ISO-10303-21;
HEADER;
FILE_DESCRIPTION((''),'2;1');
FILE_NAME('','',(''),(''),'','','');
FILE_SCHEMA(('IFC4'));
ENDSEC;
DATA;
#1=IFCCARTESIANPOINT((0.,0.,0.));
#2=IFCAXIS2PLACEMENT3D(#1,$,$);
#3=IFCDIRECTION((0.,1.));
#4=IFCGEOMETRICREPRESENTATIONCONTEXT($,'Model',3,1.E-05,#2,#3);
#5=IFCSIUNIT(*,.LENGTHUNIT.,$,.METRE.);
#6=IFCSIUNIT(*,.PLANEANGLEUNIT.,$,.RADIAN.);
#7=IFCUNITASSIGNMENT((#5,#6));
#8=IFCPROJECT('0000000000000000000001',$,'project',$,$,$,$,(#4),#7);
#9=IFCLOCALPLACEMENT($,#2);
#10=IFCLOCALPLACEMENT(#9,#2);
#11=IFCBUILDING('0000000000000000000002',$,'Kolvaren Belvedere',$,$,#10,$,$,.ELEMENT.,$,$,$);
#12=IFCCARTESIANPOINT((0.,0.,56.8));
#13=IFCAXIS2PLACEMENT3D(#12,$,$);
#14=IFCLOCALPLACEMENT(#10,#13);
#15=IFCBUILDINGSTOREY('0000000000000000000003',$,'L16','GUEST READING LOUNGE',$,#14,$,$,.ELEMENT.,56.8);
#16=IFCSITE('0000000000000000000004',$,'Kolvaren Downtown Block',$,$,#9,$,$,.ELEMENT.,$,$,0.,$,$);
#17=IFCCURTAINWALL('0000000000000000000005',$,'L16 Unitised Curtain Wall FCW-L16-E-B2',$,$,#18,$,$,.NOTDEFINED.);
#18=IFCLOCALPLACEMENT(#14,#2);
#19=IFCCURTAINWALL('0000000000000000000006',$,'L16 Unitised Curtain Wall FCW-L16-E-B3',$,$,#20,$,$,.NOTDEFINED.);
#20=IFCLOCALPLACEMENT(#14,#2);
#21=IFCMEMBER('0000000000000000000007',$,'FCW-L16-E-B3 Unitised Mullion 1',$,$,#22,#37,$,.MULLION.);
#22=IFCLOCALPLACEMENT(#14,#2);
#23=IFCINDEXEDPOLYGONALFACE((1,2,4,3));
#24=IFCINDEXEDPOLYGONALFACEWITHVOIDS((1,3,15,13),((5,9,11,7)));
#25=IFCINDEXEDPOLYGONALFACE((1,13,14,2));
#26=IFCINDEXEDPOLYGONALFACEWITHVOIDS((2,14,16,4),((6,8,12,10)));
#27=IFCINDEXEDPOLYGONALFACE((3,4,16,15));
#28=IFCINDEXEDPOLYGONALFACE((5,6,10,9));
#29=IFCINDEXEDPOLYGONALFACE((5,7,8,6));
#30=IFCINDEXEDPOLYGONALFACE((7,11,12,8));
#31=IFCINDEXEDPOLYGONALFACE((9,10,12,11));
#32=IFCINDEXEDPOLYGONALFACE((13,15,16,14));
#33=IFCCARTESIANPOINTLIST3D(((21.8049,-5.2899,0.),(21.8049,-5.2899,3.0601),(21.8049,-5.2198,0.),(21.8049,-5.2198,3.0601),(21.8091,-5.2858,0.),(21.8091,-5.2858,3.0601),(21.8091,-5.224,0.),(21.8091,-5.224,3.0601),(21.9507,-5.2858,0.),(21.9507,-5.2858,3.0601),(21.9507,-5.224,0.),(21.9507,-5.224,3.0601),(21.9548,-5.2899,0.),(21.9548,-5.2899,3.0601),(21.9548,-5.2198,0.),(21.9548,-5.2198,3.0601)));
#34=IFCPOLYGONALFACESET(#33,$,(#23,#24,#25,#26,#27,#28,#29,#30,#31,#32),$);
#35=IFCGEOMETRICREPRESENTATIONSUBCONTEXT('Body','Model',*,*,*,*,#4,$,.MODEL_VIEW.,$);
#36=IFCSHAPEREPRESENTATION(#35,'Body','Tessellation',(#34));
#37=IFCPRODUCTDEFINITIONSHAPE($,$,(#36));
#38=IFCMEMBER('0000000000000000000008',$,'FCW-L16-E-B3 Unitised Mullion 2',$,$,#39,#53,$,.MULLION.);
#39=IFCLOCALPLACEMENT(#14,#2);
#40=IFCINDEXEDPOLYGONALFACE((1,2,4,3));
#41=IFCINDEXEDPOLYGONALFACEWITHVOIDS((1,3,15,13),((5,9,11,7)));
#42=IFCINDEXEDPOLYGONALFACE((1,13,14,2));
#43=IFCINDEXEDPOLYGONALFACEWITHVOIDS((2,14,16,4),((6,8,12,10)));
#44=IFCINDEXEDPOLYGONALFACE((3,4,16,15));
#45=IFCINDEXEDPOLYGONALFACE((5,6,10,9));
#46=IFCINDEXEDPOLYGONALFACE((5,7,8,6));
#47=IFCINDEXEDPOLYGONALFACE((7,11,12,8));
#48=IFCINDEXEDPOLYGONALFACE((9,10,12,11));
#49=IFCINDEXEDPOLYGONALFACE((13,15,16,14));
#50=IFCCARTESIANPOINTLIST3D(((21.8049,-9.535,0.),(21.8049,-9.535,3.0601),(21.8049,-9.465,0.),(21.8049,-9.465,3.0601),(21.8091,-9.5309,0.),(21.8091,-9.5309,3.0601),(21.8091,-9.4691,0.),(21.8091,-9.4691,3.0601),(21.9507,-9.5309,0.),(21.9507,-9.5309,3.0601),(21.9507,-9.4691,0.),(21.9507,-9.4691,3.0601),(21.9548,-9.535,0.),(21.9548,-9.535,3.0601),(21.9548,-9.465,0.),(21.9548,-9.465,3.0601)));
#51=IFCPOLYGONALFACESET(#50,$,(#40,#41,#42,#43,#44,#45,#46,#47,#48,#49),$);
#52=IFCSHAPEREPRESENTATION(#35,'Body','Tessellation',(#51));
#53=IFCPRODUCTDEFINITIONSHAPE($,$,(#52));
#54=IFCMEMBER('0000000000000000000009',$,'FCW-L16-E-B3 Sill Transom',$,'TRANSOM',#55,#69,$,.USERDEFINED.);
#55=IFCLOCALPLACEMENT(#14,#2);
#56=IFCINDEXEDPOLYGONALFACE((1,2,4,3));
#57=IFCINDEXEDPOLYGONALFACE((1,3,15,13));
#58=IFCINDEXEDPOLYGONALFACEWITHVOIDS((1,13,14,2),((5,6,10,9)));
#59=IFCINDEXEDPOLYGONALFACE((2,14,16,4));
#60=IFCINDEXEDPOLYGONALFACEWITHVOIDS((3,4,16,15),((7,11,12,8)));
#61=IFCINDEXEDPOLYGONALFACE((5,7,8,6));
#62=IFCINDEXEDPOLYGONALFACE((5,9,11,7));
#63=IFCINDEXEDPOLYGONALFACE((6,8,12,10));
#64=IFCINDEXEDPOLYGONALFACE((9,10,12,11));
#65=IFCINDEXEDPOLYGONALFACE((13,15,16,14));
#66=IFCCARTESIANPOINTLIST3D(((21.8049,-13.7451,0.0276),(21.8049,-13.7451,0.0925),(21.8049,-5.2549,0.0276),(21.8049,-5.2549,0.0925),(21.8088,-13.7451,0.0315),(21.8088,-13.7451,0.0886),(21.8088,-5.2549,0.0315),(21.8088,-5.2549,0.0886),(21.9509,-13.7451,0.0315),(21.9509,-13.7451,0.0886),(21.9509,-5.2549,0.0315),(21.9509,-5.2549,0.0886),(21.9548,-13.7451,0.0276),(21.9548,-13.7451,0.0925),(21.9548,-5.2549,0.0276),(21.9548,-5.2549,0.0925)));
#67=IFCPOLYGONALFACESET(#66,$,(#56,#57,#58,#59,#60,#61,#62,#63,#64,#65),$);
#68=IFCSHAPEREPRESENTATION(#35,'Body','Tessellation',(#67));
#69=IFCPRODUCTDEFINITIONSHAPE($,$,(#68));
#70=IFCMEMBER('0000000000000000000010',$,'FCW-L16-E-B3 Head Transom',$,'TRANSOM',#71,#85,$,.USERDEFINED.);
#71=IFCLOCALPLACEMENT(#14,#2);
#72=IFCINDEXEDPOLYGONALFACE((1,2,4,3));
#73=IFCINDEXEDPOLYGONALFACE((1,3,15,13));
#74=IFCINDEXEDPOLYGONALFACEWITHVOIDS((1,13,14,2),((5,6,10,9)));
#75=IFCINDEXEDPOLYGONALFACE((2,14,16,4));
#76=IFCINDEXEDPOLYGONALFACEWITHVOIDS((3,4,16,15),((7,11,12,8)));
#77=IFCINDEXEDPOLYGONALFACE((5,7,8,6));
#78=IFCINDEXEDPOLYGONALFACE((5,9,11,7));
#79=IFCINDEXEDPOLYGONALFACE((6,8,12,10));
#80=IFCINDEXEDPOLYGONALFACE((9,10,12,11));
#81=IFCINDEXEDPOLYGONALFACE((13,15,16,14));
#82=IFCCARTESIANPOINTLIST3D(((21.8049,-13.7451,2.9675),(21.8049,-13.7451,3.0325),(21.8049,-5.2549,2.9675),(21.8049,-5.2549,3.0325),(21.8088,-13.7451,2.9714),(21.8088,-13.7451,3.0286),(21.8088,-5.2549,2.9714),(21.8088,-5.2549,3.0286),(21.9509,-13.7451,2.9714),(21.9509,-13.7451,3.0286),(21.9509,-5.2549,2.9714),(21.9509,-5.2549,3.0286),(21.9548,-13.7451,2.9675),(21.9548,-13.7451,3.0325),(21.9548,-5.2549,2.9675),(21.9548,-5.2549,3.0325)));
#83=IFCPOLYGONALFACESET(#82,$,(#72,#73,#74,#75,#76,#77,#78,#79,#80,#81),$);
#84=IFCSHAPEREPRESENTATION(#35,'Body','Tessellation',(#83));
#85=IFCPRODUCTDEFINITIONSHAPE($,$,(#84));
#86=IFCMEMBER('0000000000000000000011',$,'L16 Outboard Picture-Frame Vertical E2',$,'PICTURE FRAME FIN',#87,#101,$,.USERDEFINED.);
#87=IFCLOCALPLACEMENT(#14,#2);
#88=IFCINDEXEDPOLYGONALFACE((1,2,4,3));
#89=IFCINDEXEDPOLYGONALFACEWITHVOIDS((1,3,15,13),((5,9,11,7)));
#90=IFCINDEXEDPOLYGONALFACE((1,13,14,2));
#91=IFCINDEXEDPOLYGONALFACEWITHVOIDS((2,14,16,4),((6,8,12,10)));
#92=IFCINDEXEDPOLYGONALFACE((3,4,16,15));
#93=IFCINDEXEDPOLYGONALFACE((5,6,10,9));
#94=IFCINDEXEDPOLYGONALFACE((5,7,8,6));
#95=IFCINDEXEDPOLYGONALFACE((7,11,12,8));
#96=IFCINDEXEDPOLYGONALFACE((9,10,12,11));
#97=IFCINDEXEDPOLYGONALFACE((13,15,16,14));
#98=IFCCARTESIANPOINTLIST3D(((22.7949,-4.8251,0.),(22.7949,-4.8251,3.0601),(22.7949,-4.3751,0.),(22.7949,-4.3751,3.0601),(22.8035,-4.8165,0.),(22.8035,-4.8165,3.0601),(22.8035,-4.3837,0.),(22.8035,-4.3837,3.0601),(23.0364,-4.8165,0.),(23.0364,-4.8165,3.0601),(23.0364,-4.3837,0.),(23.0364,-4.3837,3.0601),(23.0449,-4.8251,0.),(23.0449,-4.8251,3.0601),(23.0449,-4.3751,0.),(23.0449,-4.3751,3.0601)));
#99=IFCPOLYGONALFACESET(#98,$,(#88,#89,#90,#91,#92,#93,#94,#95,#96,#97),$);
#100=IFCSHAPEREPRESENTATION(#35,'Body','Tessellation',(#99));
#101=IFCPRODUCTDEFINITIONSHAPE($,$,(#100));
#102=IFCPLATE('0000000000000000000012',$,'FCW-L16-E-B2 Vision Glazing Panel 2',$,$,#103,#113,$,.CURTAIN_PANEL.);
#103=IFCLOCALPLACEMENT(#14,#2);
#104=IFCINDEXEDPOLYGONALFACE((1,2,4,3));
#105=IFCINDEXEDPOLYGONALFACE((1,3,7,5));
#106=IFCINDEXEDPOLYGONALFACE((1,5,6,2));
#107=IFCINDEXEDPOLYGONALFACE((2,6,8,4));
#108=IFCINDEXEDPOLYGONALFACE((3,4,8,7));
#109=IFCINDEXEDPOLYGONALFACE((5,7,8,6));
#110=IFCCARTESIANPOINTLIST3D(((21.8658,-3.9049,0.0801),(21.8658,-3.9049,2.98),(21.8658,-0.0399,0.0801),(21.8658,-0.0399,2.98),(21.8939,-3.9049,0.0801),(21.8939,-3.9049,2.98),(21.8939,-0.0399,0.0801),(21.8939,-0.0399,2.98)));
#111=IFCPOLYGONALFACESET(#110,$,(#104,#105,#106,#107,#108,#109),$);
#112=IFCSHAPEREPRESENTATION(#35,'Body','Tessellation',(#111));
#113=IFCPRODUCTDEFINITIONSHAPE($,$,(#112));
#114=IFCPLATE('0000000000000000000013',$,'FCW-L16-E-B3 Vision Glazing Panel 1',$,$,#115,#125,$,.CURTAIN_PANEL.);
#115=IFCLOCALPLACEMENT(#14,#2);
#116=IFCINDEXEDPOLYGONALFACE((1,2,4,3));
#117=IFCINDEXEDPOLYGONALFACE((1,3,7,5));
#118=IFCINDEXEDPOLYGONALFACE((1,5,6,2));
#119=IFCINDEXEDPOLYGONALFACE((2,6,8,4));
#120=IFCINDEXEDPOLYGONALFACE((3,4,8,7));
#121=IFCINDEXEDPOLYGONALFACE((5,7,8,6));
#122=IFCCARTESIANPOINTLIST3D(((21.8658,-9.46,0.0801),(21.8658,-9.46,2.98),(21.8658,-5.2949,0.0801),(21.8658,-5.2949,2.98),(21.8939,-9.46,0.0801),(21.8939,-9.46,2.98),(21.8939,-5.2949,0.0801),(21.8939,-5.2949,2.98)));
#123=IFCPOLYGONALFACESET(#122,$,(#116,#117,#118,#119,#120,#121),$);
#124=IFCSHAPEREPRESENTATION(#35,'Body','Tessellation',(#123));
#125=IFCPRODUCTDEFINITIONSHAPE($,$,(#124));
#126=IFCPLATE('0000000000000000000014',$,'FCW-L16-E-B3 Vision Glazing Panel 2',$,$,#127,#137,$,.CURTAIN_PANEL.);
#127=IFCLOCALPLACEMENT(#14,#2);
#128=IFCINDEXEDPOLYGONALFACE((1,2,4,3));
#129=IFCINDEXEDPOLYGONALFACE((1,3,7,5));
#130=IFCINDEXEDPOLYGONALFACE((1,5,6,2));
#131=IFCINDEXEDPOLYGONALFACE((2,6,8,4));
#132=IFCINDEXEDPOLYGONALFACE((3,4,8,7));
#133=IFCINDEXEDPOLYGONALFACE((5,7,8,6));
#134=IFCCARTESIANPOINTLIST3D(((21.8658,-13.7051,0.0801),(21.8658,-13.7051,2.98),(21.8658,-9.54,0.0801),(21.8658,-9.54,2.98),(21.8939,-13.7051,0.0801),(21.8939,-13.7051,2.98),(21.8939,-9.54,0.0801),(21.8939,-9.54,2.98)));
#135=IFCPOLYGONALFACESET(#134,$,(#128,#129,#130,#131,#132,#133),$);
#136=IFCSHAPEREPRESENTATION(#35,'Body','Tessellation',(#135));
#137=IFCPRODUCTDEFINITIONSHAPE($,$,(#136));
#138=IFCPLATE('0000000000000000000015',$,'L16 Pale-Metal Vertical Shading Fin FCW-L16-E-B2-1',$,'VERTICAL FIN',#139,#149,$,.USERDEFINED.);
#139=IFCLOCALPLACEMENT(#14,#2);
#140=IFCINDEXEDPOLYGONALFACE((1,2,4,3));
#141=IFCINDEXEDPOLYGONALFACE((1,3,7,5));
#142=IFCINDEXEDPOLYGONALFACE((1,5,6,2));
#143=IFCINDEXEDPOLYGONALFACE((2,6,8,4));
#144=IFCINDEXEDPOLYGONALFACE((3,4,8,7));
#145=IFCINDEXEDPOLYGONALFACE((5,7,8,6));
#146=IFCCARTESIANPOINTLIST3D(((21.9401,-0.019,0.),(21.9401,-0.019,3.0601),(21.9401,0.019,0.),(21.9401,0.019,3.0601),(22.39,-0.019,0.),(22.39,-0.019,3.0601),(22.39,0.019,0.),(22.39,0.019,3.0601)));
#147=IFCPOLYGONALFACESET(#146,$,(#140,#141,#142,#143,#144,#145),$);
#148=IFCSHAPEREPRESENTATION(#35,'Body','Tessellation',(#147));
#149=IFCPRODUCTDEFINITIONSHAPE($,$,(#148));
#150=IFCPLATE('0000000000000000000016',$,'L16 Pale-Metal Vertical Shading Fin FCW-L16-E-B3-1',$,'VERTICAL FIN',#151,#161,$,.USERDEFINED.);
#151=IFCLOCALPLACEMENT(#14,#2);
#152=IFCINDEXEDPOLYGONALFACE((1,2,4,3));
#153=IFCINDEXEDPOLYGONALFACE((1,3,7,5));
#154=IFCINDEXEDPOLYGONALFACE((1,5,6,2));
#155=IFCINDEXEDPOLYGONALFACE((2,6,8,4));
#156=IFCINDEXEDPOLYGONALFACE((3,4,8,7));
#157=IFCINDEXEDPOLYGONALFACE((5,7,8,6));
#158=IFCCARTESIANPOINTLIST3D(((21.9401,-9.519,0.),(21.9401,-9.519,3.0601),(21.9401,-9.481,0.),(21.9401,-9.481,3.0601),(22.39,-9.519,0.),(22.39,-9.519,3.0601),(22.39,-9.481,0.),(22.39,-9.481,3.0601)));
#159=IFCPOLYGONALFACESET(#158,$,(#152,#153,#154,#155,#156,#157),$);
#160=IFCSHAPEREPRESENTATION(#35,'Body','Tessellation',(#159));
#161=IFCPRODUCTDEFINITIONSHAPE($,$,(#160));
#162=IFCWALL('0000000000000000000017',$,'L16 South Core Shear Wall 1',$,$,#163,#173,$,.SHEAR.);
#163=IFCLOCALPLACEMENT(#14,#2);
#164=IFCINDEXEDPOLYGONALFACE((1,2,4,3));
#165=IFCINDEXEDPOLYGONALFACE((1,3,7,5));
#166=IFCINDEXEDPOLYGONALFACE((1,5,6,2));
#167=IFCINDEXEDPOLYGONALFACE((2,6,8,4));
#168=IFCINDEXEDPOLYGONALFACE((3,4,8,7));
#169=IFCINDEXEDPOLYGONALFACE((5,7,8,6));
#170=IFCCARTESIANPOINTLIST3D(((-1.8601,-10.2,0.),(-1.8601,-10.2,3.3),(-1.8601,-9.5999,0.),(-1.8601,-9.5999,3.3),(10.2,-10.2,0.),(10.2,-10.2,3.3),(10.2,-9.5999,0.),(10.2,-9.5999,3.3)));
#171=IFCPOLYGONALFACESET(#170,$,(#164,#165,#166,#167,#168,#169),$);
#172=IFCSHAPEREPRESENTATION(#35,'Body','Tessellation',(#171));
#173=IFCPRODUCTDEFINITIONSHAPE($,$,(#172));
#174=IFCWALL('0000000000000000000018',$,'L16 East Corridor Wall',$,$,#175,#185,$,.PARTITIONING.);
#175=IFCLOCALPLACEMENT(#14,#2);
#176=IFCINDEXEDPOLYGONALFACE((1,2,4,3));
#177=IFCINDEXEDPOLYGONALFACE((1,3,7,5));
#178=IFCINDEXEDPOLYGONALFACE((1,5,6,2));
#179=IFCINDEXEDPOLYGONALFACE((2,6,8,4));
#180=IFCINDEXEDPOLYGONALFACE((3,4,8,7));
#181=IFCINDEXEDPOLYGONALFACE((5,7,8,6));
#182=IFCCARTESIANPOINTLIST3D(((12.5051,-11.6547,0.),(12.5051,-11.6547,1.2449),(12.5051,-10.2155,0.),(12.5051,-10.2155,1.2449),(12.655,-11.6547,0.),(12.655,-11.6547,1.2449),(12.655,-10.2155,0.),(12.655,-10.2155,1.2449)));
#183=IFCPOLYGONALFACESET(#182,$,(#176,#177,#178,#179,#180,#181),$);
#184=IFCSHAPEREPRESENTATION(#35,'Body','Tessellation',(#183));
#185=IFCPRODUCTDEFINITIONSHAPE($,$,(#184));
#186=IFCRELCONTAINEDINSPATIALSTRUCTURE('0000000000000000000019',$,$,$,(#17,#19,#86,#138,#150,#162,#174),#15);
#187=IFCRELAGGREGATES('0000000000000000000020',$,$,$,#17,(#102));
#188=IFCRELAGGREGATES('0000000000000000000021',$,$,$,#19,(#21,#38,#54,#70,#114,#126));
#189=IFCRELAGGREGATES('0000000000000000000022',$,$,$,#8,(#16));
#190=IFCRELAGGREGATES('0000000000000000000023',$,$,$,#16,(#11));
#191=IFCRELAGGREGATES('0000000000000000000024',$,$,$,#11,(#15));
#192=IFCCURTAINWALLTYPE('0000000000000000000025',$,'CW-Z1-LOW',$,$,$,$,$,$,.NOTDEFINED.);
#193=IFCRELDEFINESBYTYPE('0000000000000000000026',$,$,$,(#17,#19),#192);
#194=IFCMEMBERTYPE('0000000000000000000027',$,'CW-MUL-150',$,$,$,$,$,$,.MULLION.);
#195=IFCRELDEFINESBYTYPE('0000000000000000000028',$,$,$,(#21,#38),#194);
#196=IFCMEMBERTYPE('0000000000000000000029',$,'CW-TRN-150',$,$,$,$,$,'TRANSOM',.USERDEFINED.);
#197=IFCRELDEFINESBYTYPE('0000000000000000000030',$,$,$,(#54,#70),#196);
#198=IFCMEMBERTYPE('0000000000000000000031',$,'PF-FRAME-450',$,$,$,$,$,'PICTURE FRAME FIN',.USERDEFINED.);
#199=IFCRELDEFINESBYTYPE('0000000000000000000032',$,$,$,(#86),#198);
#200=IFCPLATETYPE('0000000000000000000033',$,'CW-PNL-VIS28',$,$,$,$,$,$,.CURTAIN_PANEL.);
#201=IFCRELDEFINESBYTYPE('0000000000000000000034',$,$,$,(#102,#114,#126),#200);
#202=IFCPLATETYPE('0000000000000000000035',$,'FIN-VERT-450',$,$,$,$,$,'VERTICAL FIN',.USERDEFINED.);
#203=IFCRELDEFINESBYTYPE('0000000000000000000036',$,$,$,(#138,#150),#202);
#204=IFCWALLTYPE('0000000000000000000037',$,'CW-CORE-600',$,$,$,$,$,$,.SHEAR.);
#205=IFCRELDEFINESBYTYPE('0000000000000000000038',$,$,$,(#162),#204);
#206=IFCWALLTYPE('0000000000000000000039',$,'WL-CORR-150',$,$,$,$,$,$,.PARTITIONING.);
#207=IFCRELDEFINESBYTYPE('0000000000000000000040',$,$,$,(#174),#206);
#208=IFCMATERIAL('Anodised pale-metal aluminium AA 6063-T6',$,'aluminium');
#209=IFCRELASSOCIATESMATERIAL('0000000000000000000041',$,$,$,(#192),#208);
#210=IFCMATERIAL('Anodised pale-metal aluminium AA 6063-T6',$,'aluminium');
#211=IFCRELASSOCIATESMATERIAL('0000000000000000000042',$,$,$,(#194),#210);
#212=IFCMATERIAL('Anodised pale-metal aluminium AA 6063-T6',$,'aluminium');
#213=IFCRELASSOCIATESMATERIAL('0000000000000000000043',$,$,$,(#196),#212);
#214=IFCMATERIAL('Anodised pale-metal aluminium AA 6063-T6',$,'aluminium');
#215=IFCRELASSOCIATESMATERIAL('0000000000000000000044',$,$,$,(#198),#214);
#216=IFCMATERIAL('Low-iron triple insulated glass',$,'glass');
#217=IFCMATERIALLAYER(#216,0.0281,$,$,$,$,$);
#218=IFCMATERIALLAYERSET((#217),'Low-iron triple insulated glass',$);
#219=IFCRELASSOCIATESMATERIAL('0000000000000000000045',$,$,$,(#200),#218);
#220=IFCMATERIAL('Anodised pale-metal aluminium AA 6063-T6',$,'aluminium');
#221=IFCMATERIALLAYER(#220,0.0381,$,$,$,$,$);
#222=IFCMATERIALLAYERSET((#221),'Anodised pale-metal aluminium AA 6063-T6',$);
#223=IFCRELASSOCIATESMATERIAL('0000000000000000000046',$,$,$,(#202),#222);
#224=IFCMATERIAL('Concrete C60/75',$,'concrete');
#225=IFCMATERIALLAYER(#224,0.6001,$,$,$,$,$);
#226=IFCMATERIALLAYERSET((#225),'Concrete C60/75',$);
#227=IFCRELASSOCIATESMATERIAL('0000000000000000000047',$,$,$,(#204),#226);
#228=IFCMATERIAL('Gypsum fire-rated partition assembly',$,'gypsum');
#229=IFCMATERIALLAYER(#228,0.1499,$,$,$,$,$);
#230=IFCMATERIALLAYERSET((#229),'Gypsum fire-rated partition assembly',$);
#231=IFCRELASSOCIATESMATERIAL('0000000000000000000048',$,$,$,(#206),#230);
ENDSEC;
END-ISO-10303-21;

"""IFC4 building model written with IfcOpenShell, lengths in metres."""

from ifc_helpers import new_model, si_unit, direction, frame, frame_2d, origin, origin_2d, place, context, subcontext, project, spatial, rectangle, hollow_rectangle, extrude, material, layer, layer_set, material_profile, profile_set, type_object, element, aggregate, save


model = new_model("IFC4")

# Units and contexts
model_context = context("Model", 3, precision=1e-05, world=origin(), true_north=direction((0.0, 1.0)))
body_context = subcontext(model_context, "Body", "Model", "MODEL_VIEW")
ifc_project = project(units=[si_unit("LENGTHUNIT", "METRE"), si_unit("PLANEANGLEUNIT", "RADIAN")], contexts=[model_context])

# Site, building, storey
site_placement = place(None, origin())
site = spatial("IfcSite", under=ifc_project, at=site_placement, Name="Kolvaren Downtown Block", CompositionType="ELEMENT", RefElevation=0.0)
building_placement = place(site_placement, origin())
building = spatial("IfcBuilding", under=site, at=building_placement, Name="Kolvaren Belvedere", CompositionType="ELEMENT")
storey_placement = place(building_placement, frame((0.0, 0.0, 56.8)))
storey = spatial("IfcBuildingStorey", under=building, at=storey_placement, Name="L16", Description="GUEST READING LOUNGE", CompositionType="ELEMENT", Elevation=56.8)

# Curtain walls, members
ifc_material_1 = material(Name="Anodised pale-metal aluminium AA 6063-T6", Category="aluminium")
curtain_wall_type = type_object("IfcCurtainWallType", Name="CW-Z1-LOW", PredefinedType="NOTDEFINED", material=ifc_material_1)
curtain_wall_1_placement = place(storey_placement, origin())
curtain_wall_1 = element("IfcCurtainWall", 1, at=curtain_wall_1_placement, inside=storey, type_object=curtain_wall_type, Name="L16 Unitised Curtain Wall FCW-L16-E-B2", PredefinedType="NOTDEFINED")
ifc_material_2 = material(Name="Anodised pale-metal aluminium AA 6063-T6", Category="aluminium")
ifc_material_profile_1 = material_profile(ifc_material_2, hollow_rectangle(XDim=0.0701, YDim=0.1499, WallThickness=0.0042, at=origin_2d()), Name="ALU-MUL-150X70")
ifc_profile_set_1 = profile_set([ifc_material_profile_1], Name="Anodised pale-metal aluminium AA 6063-T6")
member_type_1 = type_object("IfcMemberType", Name="CW-MUL-150", PredefinedType="MULLION", material=ifc_profile_set_1)
curtain_wall_2_placement = place(storey_placement, origin())
curtain_wall_2 = element("IfcCurtainWall", 2, at=curtain_wall_2_placement, inside=storey, type_object=curtain_wall_type, Name="L16 Unitised Curtain Wall FCW-L16-E-B3", PredefinedType="NOTDEFINED")
member_1_placement = place(storey_placement, frame((21.8799, -5.2549, 0.0), z_axis=(0.0, 0.0, 1.0), x_axis=(0.0, 1.0, 0.0)))
member_1 = element("IfcMember", 3, at=member_1_placement, type_object=member_type_1, Name="FCW-L16-E-B3 Unitised Mullion 1", PredefinedType="MULLION", context=body_context, shape_type="SweptSolid", body=[
    extrude(hollow_rectangle(XDim=0.0701, YDim=0.1499, WallThickness=0.0042, at=origin_2d()), origin(), (0.0, 0.0, 1.0), 3.0601),
])
member_2_placement = place(storey_placement, frame((21.8799, -9.5, 0.0), z_axis=(0.0, 0.0, 1.0), x_axis=(0.0, 1.0, 0.0)))
member_2 = element("IfcMember", 4, at=member_2_placement, type_object=member_type_1, Name="FCW-L16-E-B3 Unitised Mullion 2", PredefinedType="MULLION", context=body_context, shape_type="SweptSolid", body=[
    extrude(hollow_rectangle(XDim=0.0701, YDim=0.1499, WallThickness=0.0042, at=origin_2d()), origin(), (0.0, 0.0, 1.0), 3.0601),
])
ifc_material_3 = material(Name="Anodised pale-metal aluminium AA 6063-T6", Category="aluminium")
ifc_material_profile_2 = material_profile(ifc_material_3, hollow_rectangle(XDim=0.0649, YDim=0.1499, WallThickness=0.0039, at=origin_2d()), Name="ALU-TRN-150X65")
ifc_profile_set_2 = profile_set([ifc_material_profile_2], Name="Anodised pale-metal aluminium AA 6063-T6")
member_type_2 = type_object("IfcMemberType", Name="CW-TRN-150", ElementType="TRANSOM", PredefinedType="USERDEFINED", material=ifc_profile_set_2)
member_3_placement = place(storey_placement, frame((21.8799, -5.2549, 0.0601), z_axis=(0.0, -1.0, 0.0), x_axis=(0.0, 0.0, 1.0)))
member_3 = element("IfcMember", 5, at=member_3_placement, type_object=member_type_2, Name="FCW-L16-E-B3 Sill Transom", ObjectType="TRANSOM", PredefinedType="USERDEFINED", context=body_context, shape_type="SweptSolid", body=[
    extrude(hollow_rectangle(XDim=0.0649, YDim=0.1499, WallThickness=0.0039, at=origin_2d()), origin(), (0.0, 0.0, 1.0), 8.4902),
])
member_4_placement = place(storey_placement, frame((21.8799, -5.2549, 3.0), z_axis=(0.0, -1.0, 0.0), x_axis=(0.0, 0.0, 1.0)))
member_4 = element("IfcMember", 6, at=member_4_placement, type_object=member_type_2, Name="FCW-L16-E-B3 Head Transom", ObjectType="TRANSOM", PredefinedType="USERDEFINED", context=body_context, shape_type="SweptSolid", body=[
    extrude(hollow_rectangle(XDim=0.0649, YDim=0.1499, WallThickness=0.0039, at=origin_2d()), origin(), (0.0, 0.0, 1.0), 8.4902),
])

# Member
ifc_material_4 = material(Name="Anodised pale-metal aluminium AA 6063-T6", Category="aluminium")
ifc_material_profile_3 = material_profile(ifc_material_4, hollow_rectangle(XDim=0.25, YDim=0.45, WallThickness=0.0085, at=origin_2d()), Name="ALU-PF-450X250")
ifc_profile_set_3 = profile_set([ifc_material_profile_3], Name="Anodised pale-metal aluminium AA 6063-T6")
member_type_3 = type_object("IfcMemberType", Name="PF-FRAME-450", ElementType="PICTURE FRAME FIN", PredefinedType="USERDEFINED", material=ifc_profile_set_3)
member_5_placement = place(storey_placement, frame((22.9199, -4.6001, 0.0), z_axis=(0.0, 0.0, 1.0), x_axis=(1.0, 0.0, 0.0)))
element("IfcMember", 7, at=member_5_placement, inside=storey, type_object=member_type_3, Name="L16 Outboard Picture-Frame Vertical E2", ObjectType="PICTURE FRAME FIN", PredefinedType="USERDEFINED", context=body_context, shape_type="SweptSolid", body=[
    extrude(hollow_rectangle(XDim=0.25, YDim=0.45, WallThickness=0.0085, at=origin_2d()), origin(), (0.0, 0.0, 1.0), 3.0601),
])

# Plates
ifc_material_5 = material(Name="Low-iron triple insulated glass", Category="glass")
ifc_layer_1 = layer(ifc_material_5, 0.0281)
ifc_layer_set_1 = layer_set([ifc_layer_1], Name="Low-iron triple insulated glass")
plate_type_1 = type_object("IfcPlateType", Name="CW-PNL-VIS28", PredefinedType="CURTAIN_PANEL", material=ifc_layer_set_1)
plate_1_placement = place(storey_placement, frame((21.8799, -1.9724, 0.0801), z_axis=(0.0, 0.0, 1.0), x_axis=(0.0, -1.0, 0.0)))
plate_1 = element("IfcPlate", 8, at=plate_1_placement, type_object=plate_type_1, Name="FCW-L16-E-B2 Vision Glazing Panel 2", PredefinedType="CURTAIN_PANEL", context=body_context, shape_type="SweptSolid", body=[
    extrude(rectangle(XDim=3.865, YDim=0.0281, at=origin_2d()), origin(), (0.0, 0.0, 1.0), 2.8999),
])
aggregate(curtain_wall_1, [plate_1])
plate_2_placement = place(storey_placement, frame((21.8799, -7.3774, 0.0801), z_axis=(0.0, 0.0, 1.0), x_axis=(0.0, -1.0, 0.0)))
plate_2 = element("IfcPlate", 9, at=plate_2_placement, type_object=plate_type_1, Name="FCW-L16-E-B3 Vision Glazing Panel 1", PredefinedType="CURTAIN_PANEL", context=body_context, shape_type="SweptSolid", body=[
    extrude(rectangle(XDim=4.165, YDim=0.0281, at=origin_2d()), origin(), (0.0, 0.0, 1.0), 2.8999),
])
plate_3_placement = place(storey_placement, frame((21.8799, -11.6226, 0.0801), z_axis=(0.0, 0.0, 1.0), x_axis=(0.0, -1.0, 0.0)))
plate_3 = element("IfcPlate", 10, at=plate_3_placement, type_object=plate_type_1, Name="FCW-L16-E-B3 Vision Glazing Panel 2", PredefinedType="CURTAIN_PANEL", context=body_context, shape_type="SweptSolid", body=[
    extrude(rectangle(XDim=4.165, YDim=0.0281, at=origin_2d()), origin(), (0.0, 0.0, 1.0), 2.8999),
])
aggregate(curtain_wall_2, [member_1, member_2, member_3, member_4, plate_2, plate_3])

# Plates
ifc_material_6 = material(Name="Anodised pale-metal aluminium AA 6063-T6", Category="aluminium")
ifc_layer_2 = layer(ifc_material_6, 0.0381)
ifc_layer_set_2 = layer_set([ifc_layer_2], Name="Anodised pale-metal aluminium AA 6063-T6")
plate_type_2 = type_object("IfcPlateType", Name="FIN-VERT-450", ElementType="VERTICAL FIN", PredefinedType="USERDEFINED", material=ifc_layer_set_2)
for number, where, z_axis, x_axis, name in (
    (11, (22.165, 0.0, 0.0), (0.0, 0.0, 1.0), (1.0, 0.0, 0.0), "L16 Pale-Metal Vertical Shading Fin FCW-L16-E-B2-1"),
    (12, (22.165, -9.5, 0.0), (0.0, 0.0, 1.0), (1.0, 0.0, 0.0), "L16 Pale-Metal Vertical Shading Fin FCW-L16-E-B3-1"),
):
    element("IfcPlate", number, at=place(storey_placement, frame(where, z_axis=z_axis, x_axis=x_axis)), inside=storey, type_object=plate_type_2, Name=name, ObjectType="VERTICAL FIN", PredefinedType="USERDEFINED", context=body_context, shape_type="SweptSolid", body=[
        extrude(rectangle(XDim=0.45, YDim=0.0381, at=origin_2d()), origin(), (0.0, 0.0, 1.0), 3.0601),
    ])

# Walls
ifc_material_7 = material(Name="Concrete C60/75", Category="concrete")
ifc_layer_3 = layer(ifc_material_7, 0.6001)
ifc_layer_set_3 = layer_set([ifc_layer_3], Name="Concrete C60/75")
wall_type_1 = type_object("IfcWallType", Name="CW-CORE-600", PredefinedType="SHEAR", material=ifc_layer_set_3)
wall_1_placement = place(storey_placement, frame((10.2, -9.8999, 0.0), z_axis=(0.0, 0.0, 1.0), x_axis=(-1.0, 0.0, 0.0)))
element("IfcWall", 13, at=wall_1_placement, inside=storey, type_object=wall_type_1, Name="L16 South Core Shear Wall 1", PredefinedType="SHEAR", context=body_context, shape_type="SweptSolid", body=[
    extrude(rectangle(XDim=12.0601, YDim=0.6001, at=frame_2d((6.03, 0.0))), origin(), (0.0, 0.0, 1.0), 3.3),
])
ifc_material_8 = material(Name="Gypsum fire-rated partition assembly", Category="gypsum")
ifc_layer_4 = layer(ifc_material_8, 0.1499)
ifc_layer_set_4 = layer_set([ifc_layer_4], Name="Gypsum fire-rated partition assembly")
wall_type_2 = type_object("IfcWallType", Name="WL-CORR-150", PredefinedType="PARTITIONING", material=ifc_layer_set_4)
wall_2_placement = place(storey_placement, frame((12.5801, -11.6548, 0.0), z_axis=(0.0, 0.0, 1.0), x_axis=(0.0, 1.0, 0.0)))
element("IfcWall", 14, at=wall_2_placement, inside=storey, type_object=wall_type_2, Name="L16 East Corridor Wall", PredefinedType="PARTITIONING", context=body_context, shape_type="SweptSolid", body=[
    extrude(rectangle(XDim=1.4392, YDim=0.1499, at=frame_2d((0.7197, 0.0))), origin(), (0.0, 0.0, 1.0), 1.2449),
])

save(model, "model.ifc")
